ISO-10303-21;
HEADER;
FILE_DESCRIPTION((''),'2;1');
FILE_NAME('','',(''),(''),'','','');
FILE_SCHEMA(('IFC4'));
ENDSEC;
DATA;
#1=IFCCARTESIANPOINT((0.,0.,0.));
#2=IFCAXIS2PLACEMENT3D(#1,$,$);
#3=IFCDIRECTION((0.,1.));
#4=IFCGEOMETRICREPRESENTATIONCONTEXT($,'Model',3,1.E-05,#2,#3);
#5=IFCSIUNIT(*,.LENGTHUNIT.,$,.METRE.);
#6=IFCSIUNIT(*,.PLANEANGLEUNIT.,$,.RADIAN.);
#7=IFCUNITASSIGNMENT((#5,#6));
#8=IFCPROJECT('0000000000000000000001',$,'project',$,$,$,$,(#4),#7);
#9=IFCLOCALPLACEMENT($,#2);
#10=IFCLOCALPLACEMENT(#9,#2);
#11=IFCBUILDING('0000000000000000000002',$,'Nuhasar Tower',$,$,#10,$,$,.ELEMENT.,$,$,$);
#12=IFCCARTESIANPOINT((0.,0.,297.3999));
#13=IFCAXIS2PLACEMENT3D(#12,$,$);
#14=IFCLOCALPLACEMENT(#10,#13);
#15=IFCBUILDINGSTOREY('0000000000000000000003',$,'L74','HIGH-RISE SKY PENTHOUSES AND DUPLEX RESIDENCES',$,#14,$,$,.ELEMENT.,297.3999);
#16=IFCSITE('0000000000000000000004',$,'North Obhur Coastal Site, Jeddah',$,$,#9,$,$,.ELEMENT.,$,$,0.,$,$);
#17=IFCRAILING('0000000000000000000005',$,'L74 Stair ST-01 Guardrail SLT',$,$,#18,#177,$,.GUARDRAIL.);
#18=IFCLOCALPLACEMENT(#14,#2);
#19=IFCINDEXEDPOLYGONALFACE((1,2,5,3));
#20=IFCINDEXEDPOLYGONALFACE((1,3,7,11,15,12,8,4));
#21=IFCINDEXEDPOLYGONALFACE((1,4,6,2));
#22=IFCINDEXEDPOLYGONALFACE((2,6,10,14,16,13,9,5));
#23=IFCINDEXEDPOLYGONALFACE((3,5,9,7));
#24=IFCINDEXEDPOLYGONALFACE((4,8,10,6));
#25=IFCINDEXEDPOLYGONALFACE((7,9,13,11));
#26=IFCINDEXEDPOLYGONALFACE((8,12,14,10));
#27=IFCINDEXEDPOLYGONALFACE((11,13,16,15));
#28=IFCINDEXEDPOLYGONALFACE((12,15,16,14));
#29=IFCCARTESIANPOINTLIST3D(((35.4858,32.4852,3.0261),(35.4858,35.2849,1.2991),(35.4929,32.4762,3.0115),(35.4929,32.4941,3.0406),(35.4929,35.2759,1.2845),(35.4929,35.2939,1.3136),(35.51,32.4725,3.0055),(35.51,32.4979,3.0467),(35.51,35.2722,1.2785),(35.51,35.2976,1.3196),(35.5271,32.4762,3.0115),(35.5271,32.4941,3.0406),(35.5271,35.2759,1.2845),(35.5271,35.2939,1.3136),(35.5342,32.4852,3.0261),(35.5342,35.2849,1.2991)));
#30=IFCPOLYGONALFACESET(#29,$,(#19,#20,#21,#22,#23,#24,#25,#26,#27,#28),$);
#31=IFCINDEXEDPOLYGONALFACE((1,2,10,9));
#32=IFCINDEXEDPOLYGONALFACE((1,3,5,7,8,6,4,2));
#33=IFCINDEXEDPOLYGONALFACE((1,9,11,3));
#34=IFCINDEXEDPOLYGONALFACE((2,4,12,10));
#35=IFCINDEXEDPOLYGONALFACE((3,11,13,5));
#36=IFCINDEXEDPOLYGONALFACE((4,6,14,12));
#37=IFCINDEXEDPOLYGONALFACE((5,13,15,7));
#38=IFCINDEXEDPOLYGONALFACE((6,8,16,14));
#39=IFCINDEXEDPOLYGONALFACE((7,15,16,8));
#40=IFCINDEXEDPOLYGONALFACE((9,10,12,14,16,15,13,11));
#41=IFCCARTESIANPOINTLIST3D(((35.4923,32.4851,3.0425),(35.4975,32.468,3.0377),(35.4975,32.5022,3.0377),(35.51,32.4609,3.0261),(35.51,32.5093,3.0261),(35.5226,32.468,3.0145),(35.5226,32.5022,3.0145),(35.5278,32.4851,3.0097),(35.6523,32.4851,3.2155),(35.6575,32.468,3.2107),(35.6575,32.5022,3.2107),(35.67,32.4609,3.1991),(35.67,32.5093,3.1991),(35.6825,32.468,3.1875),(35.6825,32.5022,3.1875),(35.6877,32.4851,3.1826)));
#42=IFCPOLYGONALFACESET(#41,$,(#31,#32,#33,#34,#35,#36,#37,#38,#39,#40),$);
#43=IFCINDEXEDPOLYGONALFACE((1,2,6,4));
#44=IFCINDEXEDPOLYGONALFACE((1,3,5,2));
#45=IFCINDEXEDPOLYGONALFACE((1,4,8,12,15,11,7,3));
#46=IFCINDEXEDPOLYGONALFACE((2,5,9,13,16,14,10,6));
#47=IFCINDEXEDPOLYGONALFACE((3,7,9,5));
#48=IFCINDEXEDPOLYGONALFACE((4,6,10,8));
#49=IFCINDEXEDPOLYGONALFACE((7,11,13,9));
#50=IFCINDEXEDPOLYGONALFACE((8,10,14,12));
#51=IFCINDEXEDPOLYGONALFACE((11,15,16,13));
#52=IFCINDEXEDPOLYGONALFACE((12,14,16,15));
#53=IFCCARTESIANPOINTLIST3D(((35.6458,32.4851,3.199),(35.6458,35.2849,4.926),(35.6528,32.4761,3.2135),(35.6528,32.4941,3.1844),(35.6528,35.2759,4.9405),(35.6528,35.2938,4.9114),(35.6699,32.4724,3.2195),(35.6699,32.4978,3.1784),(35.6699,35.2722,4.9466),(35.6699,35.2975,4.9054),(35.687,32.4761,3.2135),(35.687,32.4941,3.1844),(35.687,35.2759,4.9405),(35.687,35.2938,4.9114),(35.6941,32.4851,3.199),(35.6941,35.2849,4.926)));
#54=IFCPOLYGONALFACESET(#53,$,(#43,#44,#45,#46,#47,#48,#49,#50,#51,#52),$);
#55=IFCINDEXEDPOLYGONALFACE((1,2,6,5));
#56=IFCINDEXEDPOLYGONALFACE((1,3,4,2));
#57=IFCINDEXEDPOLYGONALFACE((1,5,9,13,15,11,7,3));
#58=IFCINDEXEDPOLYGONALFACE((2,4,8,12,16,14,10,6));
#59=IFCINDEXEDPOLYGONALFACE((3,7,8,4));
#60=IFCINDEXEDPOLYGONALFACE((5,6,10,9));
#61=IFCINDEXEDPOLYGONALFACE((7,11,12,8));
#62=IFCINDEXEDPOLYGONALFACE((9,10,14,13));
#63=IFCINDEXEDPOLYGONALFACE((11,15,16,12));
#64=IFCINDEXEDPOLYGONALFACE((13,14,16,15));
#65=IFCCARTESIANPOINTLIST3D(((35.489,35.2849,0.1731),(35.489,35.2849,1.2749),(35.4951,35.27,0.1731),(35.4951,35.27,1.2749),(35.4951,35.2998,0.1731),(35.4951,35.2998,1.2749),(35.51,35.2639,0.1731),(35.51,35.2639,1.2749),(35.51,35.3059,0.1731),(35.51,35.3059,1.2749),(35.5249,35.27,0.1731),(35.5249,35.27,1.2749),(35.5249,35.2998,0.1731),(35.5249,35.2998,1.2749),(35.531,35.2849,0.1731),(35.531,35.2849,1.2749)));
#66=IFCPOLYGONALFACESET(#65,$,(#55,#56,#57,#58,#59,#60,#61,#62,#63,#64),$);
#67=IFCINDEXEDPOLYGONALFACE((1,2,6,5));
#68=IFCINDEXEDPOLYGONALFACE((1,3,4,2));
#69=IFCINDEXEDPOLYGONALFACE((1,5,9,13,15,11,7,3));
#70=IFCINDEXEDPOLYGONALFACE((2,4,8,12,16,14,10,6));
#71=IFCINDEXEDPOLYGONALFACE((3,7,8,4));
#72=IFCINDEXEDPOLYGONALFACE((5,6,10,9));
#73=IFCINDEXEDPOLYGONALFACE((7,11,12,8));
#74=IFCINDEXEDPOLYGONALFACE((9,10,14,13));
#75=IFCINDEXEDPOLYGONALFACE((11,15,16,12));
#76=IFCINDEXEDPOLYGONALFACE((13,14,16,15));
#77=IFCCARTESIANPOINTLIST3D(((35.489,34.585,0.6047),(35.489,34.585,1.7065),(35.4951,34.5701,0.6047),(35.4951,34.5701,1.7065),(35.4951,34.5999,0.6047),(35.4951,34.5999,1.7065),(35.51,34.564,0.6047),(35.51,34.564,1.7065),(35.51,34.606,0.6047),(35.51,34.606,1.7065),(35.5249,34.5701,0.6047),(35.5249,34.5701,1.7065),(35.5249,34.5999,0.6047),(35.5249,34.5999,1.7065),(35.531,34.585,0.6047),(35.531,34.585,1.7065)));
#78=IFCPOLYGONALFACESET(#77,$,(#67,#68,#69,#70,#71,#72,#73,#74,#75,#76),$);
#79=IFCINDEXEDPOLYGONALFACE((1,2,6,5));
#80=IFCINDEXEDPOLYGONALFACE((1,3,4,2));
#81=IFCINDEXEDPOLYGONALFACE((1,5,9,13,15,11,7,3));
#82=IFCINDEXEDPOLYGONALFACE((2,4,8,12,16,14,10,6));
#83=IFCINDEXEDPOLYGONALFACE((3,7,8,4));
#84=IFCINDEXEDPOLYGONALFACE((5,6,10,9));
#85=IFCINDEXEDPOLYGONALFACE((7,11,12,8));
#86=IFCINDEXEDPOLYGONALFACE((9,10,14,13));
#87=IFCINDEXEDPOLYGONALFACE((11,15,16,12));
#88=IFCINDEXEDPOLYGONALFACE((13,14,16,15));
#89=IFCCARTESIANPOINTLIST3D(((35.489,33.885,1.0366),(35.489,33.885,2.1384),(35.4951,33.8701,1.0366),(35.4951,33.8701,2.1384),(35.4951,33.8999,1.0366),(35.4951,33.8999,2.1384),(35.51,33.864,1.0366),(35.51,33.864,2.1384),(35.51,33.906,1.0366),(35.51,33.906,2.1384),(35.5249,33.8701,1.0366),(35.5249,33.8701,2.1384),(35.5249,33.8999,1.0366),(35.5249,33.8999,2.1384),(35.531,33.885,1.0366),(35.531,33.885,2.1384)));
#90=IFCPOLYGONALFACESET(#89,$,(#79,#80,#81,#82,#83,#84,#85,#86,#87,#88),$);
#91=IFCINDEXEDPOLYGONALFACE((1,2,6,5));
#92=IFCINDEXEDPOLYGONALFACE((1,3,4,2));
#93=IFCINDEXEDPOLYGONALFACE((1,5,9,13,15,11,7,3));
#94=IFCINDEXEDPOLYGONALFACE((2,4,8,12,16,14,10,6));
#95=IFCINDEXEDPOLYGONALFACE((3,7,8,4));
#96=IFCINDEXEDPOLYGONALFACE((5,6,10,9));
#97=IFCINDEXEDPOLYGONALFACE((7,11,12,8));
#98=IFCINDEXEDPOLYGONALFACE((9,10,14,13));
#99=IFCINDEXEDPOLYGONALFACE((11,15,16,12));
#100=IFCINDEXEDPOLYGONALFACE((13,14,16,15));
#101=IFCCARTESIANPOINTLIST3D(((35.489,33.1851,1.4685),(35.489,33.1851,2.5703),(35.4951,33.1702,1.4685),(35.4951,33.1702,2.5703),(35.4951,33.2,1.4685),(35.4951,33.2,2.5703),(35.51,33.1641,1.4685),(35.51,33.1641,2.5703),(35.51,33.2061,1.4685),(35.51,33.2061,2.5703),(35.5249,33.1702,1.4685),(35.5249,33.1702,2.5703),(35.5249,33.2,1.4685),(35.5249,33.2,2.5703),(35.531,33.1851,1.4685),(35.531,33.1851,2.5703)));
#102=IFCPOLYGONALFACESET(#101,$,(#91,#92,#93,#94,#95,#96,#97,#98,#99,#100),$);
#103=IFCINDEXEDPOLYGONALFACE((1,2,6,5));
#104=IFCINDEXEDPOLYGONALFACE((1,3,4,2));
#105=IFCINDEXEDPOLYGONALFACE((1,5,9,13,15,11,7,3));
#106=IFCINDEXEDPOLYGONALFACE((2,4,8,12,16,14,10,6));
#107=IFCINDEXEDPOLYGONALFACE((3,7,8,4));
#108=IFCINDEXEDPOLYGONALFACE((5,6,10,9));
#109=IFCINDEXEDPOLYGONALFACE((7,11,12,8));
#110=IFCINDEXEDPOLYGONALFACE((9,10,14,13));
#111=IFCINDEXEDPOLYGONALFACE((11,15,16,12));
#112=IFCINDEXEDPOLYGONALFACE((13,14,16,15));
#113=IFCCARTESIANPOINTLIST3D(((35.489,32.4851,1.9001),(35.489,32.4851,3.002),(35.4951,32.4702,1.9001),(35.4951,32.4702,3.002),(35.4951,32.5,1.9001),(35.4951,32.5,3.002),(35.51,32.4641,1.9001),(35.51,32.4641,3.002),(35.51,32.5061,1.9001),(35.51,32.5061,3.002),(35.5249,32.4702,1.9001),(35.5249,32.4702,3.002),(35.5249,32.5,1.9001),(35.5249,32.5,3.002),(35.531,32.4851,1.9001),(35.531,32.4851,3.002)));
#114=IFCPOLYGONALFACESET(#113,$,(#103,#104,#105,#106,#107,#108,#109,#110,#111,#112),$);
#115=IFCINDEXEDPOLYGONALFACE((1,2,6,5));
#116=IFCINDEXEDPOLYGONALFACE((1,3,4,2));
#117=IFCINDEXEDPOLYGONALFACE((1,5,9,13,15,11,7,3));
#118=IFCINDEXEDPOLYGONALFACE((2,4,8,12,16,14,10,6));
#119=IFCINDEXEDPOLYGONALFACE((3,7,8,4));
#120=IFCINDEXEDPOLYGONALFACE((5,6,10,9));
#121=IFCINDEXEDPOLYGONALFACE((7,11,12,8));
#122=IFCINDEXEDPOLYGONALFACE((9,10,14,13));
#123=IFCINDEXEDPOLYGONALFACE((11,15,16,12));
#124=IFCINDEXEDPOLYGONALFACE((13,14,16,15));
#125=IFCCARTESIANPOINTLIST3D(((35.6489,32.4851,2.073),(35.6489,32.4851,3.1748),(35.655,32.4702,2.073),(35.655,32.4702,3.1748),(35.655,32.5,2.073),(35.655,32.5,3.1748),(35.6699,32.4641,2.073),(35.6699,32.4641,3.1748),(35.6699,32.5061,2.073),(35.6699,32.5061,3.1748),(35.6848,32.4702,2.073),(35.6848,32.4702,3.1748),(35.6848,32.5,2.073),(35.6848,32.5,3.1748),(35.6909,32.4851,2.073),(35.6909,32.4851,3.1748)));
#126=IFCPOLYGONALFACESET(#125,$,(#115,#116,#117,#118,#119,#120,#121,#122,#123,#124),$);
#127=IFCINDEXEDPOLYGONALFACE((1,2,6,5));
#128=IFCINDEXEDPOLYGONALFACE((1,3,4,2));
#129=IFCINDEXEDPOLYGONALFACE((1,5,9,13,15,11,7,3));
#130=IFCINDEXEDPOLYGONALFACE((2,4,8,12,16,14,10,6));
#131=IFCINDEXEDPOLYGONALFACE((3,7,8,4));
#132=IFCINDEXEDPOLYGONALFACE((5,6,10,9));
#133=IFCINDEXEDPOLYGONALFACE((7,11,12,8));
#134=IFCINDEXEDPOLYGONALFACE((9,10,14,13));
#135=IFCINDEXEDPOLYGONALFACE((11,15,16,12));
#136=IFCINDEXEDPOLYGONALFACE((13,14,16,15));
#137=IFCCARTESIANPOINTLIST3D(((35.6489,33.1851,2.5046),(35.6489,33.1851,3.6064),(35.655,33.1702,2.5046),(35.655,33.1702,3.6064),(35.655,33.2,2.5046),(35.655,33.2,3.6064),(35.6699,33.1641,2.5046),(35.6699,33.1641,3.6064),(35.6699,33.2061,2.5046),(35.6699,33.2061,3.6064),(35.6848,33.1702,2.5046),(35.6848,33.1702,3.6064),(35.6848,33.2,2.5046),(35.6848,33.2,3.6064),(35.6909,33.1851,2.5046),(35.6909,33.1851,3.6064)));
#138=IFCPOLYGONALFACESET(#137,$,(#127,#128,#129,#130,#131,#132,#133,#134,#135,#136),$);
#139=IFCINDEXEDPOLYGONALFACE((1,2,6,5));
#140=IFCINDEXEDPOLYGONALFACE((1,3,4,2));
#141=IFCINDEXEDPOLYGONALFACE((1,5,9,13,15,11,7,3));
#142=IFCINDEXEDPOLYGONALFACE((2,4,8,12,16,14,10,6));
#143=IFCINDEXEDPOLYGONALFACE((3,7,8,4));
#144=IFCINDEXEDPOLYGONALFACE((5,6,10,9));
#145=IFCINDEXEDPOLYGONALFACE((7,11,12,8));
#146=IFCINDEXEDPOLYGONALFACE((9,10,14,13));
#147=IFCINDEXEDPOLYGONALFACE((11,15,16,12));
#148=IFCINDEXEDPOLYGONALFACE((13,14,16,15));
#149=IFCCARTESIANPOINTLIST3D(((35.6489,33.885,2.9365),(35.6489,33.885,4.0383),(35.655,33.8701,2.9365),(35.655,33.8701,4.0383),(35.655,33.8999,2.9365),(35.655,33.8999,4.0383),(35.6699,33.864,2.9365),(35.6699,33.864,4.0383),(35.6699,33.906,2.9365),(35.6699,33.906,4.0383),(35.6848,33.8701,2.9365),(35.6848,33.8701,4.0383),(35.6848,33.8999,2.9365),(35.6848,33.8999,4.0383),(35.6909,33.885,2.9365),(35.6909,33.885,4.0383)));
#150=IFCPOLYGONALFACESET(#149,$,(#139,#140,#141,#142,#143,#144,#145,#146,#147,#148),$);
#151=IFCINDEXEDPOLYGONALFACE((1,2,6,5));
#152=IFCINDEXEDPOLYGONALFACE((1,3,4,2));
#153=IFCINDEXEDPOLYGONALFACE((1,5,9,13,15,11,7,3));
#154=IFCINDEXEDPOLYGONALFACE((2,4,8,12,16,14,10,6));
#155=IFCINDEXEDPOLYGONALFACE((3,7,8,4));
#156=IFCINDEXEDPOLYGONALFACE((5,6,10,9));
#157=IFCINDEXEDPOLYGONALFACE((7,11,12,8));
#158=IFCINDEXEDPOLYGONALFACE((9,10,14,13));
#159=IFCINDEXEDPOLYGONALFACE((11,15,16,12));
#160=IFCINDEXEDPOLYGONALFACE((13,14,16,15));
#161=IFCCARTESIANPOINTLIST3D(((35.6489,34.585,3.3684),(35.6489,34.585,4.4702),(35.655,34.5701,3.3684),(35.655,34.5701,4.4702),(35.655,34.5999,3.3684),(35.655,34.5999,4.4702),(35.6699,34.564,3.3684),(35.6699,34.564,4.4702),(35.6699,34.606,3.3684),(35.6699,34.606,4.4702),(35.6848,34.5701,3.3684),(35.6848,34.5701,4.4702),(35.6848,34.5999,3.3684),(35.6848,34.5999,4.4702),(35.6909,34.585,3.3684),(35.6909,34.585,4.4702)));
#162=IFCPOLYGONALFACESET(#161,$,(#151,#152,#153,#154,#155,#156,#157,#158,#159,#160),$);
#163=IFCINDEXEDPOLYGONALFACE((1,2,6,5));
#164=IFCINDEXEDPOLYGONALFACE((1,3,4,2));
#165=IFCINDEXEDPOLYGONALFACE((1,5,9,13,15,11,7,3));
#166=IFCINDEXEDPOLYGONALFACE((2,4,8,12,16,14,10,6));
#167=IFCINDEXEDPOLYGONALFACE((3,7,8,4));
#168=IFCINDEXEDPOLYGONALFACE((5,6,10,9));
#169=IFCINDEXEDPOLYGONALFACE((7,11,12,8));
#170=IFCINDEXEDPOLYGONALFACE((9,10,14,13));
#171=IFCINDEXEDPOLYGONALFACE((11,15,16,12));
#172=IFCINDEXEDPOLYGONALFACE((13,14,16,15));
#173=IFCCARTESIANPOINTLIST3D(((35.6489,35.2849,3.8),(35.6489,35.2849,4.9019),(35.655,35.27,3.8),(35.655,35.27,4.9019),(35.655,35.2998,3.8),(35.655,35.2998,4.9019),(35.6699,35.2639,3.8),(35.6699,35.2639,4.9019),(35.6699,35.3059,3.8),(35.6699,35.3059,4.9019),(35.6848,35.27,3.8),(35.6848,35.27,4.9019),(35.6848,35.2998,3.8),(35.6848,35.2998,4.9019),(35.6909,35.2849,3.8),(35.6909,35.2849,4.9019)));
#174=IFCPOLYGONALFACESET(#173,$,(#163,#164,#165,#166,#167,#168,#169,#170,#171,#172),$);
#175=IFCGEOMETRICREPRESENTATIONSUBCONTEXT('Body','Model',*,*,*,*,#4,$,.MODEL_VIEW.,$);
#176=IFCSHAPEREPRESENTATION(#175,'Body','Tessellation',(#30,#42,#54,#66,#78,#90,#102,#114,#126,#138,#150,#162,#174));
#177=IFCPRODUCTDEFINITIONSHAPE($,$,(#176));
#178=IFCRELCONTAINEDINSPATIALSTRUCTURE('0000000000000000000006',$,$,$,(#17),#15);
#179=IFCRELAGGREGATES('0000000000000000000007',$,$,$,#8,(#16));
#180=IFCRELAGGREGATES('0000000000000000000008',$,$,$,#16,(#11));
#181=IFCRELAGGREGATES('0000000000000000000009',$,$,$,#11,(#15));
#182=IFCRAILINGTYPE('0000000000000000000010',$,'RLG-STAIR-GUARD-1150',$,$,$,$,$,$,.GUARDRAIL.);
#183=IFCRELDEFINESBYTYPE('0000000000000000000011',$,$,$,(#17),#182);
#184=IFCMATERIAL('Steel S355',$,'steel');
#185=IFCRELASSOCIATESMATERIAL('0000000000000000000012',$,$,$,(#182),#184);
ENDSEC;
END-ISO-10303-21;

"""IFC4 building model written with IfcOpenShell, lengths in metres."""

from ifc_helpers import new_model, si_unit, direction, frame, origin, place, context, subcontext, project, spatial, polyline, outline, extrude, material, type_object, element, save


model = new_model("IFC4")

# Units and contexts
model_context = context("Model", 3, precision=1e-05, world=origin(), true_north=direction((0.0, 1.0)))
body_context = subcontext(model_context, "Body", "Model", "MODEL_VIEW")
ifc_project = project(units=[si_unit("LENGTHUNIT", "METRE"), si_unit("PLANEANGLEUNIT", "RADIAN")], contexts=[model_context])

# Site, building, storey
site_placement = place(None, origin())
site = spatial("IfcSite", under=ifc_project, at=site_placement, Name="North Obhur Coastal Site, Jeddah", CompositionType="ELEMENT", RefElevation=0.0)
building_placement = place(site_placement, origin())
building = spatial("IfcBuilding", under=site, at=building_placement, Name="Nuhasar Tower", CompositionType="ELEMENT")
storey_placement = place(building_placement, frame((0.0, 0.0, 297.3999)))
storey = spatial("IfcBuildingStorey", under=building, at=storey_placement, Name="L74", Description="HIGH-RISE SKY PENTHOUSES AND DUPLEX RESIDENCES", CompositionType="ELEMENT", Elevation=297.3999)

# Shared definitions
ifc_material_1 = material(Name="Steel S355", Category="steel")

# Railing
railing_type_1 = type_object("IfcRailingType", Name="RLG-STAIR-GUARD-1150", PredefinedType="GUARDRAIL", material=ifc_material_1)
railing_1_placement = place(storey_placement, frame((35.51, 35.2849, 0.1731)))
element("IfcRailing", 1, at=railing_1_placement, inside=storey, type_object=railing_type_1, Name="L74 Stair ST-01 Guardrail SLT", PredefinedType="GUARDRAIL", context=body_context, shape_type="SweptSolid", body=[
    extrude(outline(polyline([(0.0242, 0.0), (0.0171, 0.0171), (0.0, 0.0242), (-0.0171, 0.0171), (-0.0242, 0.0), (-0.0171, -0.0171), (0.0, -0.0242), (0.0171, -0.0171), (0.0242, 0.0)])), frame((0.0, 0.0, 1.126), z_axis=(0.0, -0.851102, 0.525), x_axis=(1.0, 0.0, 0.0)), (0.0, 0.0, 1.0), 3.2896),
    extrude(outline(polyline([(0.0242, 0.0), (0.0171, 0.0171), (0.0, 0.0242), (-0.0171, 0.0171), (-0.0242, 0.0), (-0.0171, -0.0171), (0.0, -0.0242), (0.0171, -0.0171), (0.0242, 0.0)])), frame((0.0, -2.7998, 2.853), z_axis=(0.679098, 0.0, 0.734048), x_axis=(0.0, 1.0, 0.0)), (0.0, 0.0, 1.0), 0.2356),
    extrude(outline(polyline([(0.0242, 0.0), (0.0171, 0.0171), (0.0, 0.0242), (-0.0171, 0.0171), (-0.0242, 0.0), (-0.0171, -0.0171), (0.0, -0.0242), (0.0171, -0.0171), (0.0242, 0.0)])), frame((0.1599, -2.7998, 3.0259), z_axis=(0.0, 0.851102, 0.525), x_axis=(-1.0, 0.0, 0.0)), (0.0, 0.0, 1.0), 3.2896),
    extrude(outline(polyline([(0.021, 0.0), (0.0149, 0.0149), (0.0, 0.021), (-0.0149, 0.0149), (-0.021, 0.0), (-0.0149, -0.0149), (0.0, -0.021), (0.0149, -0.0149), (0.021, 0.0)])), origin(), (0.0, 0.0, 1.0), 1.1018),
    extrude(outline(polyline([(0.021, 0.0), (0.0149, 0.0149), (0.0, 0.021), (-0.0149, 0.0149), (-0.021, 0.0), (-0.0149, -0.0149), (0.0, -0.021), (0.0149, -0.0149), (0.021, 0.0)])), frame((0.0, -0.7, 0.4316)), (0.0, 0.0, 1.0), 1.1018),
    extrude(outline(polyline([(0.021, 0.0), (0.0149, 0.0149), (0.0, 0.021), (-0.0149, 0.0149), (-0.021, 0.0), (-0.0149, -0.0149), (0.0, -0.021), (0.0149, -0.0149), (0.021, 0.0)])), frame((0.0, -1.3999, 0.8635)), (0.0, 0.0, 1.0), 1.1018),
    extrude(outline(polyline([(0.021, 0.0), (0.0149, 0.0149), (0.0, 0.021), (-0.0149, 0.0149), (-0.021, 0.0), (-0.0149, -0.0149), (0.0, -0.021), (0.0149, -0.0149), (0.021, 0.0)])), frame((0.0, -2.0999, 1.2954)), (0.0, 0.0, 1.0), 1.1018),
    extrude(outline(polyline([(0.021, 0.0), (0.0149, 0.0149), (0.0, 0.021), (-0.0149, 0.0149), (-0.021, 0.0), (-0.0149, -0.0149), (0.0, -0.021), (0.0149, -0.0149), (0.021, 0.0)])), frame((0.0, -2.7998, 1.7271)), (0.0, 0.0, 1.0), 1.1018),
    extrude(outline(polyline([(0.021, 0.0), (0.0149, 0.0149), (0.0, 0.021), (-0.0149, 0.0149), (-0.021, 0.0), (-0.0149, -0.0149), (0.0, -0.021), (0.0149, -0.0149), (0.021, 0.0)])), frame((0.1599, -2.7998, 1.8999)), (0.0, 0.0, 1.0), 1.1018),
    extrude(outline(polyline([(0.021, 0.0), (0.0149, 0.0149), (0.0, 0.021), (-0.0149, 0.0149), (-0.021, 0.0), (-0.0149, -0.0149), (0.0, -0.021), (0.0149, -0.0149), (0.021, 0.0)])), frame((0.1599, -2.0999, 2.3315)), (0.0, 0.0, 1.0), 1.1018),
    extrude(outline(polyline([(0.021, 0.0), (0.0149, 0.0149), (0.0, 0.021), (-0.0149, 0.0149), (-0.021, 0.0), (-0.0149, -0.0149), (0.0, -0.021), (0.0149, -0.0149), (0.021, 0.0)])), frame((0.1599, -1.3999, 2.7634)), (0.0, 0.0, 1.0), 1.1018),
    extrude(outline(polyline([(0.021, 0.0), (0.0149, 0.0149), (0.0, 0.021), (-0.0149, 0.0149), (-0.021, 0.0), (-0.0149, -0.0149), (0.0, -0.021), (0.0149, -0.0149), (0.021, 0.0)])), frame((0.1599, -0.7, 3.1953)), (0.0, 0.0, 1.0), 1.1018),
    extrude(outline(polyline([(0.021, 0.0), (0.0149, 0.0149), (0.0, 0.021), (-0.0149, 0.0149), (-0.021, 0.0), (-0.0149, -0.0149), (0.0, -0.021), (0.0149, -0.0149), (0.021, 0.0)])), frame((0.1599, 0.0, 3.627)), (0.0, 0.0, 1.0), 1.1018),
])

save(model, "model.ifc")
